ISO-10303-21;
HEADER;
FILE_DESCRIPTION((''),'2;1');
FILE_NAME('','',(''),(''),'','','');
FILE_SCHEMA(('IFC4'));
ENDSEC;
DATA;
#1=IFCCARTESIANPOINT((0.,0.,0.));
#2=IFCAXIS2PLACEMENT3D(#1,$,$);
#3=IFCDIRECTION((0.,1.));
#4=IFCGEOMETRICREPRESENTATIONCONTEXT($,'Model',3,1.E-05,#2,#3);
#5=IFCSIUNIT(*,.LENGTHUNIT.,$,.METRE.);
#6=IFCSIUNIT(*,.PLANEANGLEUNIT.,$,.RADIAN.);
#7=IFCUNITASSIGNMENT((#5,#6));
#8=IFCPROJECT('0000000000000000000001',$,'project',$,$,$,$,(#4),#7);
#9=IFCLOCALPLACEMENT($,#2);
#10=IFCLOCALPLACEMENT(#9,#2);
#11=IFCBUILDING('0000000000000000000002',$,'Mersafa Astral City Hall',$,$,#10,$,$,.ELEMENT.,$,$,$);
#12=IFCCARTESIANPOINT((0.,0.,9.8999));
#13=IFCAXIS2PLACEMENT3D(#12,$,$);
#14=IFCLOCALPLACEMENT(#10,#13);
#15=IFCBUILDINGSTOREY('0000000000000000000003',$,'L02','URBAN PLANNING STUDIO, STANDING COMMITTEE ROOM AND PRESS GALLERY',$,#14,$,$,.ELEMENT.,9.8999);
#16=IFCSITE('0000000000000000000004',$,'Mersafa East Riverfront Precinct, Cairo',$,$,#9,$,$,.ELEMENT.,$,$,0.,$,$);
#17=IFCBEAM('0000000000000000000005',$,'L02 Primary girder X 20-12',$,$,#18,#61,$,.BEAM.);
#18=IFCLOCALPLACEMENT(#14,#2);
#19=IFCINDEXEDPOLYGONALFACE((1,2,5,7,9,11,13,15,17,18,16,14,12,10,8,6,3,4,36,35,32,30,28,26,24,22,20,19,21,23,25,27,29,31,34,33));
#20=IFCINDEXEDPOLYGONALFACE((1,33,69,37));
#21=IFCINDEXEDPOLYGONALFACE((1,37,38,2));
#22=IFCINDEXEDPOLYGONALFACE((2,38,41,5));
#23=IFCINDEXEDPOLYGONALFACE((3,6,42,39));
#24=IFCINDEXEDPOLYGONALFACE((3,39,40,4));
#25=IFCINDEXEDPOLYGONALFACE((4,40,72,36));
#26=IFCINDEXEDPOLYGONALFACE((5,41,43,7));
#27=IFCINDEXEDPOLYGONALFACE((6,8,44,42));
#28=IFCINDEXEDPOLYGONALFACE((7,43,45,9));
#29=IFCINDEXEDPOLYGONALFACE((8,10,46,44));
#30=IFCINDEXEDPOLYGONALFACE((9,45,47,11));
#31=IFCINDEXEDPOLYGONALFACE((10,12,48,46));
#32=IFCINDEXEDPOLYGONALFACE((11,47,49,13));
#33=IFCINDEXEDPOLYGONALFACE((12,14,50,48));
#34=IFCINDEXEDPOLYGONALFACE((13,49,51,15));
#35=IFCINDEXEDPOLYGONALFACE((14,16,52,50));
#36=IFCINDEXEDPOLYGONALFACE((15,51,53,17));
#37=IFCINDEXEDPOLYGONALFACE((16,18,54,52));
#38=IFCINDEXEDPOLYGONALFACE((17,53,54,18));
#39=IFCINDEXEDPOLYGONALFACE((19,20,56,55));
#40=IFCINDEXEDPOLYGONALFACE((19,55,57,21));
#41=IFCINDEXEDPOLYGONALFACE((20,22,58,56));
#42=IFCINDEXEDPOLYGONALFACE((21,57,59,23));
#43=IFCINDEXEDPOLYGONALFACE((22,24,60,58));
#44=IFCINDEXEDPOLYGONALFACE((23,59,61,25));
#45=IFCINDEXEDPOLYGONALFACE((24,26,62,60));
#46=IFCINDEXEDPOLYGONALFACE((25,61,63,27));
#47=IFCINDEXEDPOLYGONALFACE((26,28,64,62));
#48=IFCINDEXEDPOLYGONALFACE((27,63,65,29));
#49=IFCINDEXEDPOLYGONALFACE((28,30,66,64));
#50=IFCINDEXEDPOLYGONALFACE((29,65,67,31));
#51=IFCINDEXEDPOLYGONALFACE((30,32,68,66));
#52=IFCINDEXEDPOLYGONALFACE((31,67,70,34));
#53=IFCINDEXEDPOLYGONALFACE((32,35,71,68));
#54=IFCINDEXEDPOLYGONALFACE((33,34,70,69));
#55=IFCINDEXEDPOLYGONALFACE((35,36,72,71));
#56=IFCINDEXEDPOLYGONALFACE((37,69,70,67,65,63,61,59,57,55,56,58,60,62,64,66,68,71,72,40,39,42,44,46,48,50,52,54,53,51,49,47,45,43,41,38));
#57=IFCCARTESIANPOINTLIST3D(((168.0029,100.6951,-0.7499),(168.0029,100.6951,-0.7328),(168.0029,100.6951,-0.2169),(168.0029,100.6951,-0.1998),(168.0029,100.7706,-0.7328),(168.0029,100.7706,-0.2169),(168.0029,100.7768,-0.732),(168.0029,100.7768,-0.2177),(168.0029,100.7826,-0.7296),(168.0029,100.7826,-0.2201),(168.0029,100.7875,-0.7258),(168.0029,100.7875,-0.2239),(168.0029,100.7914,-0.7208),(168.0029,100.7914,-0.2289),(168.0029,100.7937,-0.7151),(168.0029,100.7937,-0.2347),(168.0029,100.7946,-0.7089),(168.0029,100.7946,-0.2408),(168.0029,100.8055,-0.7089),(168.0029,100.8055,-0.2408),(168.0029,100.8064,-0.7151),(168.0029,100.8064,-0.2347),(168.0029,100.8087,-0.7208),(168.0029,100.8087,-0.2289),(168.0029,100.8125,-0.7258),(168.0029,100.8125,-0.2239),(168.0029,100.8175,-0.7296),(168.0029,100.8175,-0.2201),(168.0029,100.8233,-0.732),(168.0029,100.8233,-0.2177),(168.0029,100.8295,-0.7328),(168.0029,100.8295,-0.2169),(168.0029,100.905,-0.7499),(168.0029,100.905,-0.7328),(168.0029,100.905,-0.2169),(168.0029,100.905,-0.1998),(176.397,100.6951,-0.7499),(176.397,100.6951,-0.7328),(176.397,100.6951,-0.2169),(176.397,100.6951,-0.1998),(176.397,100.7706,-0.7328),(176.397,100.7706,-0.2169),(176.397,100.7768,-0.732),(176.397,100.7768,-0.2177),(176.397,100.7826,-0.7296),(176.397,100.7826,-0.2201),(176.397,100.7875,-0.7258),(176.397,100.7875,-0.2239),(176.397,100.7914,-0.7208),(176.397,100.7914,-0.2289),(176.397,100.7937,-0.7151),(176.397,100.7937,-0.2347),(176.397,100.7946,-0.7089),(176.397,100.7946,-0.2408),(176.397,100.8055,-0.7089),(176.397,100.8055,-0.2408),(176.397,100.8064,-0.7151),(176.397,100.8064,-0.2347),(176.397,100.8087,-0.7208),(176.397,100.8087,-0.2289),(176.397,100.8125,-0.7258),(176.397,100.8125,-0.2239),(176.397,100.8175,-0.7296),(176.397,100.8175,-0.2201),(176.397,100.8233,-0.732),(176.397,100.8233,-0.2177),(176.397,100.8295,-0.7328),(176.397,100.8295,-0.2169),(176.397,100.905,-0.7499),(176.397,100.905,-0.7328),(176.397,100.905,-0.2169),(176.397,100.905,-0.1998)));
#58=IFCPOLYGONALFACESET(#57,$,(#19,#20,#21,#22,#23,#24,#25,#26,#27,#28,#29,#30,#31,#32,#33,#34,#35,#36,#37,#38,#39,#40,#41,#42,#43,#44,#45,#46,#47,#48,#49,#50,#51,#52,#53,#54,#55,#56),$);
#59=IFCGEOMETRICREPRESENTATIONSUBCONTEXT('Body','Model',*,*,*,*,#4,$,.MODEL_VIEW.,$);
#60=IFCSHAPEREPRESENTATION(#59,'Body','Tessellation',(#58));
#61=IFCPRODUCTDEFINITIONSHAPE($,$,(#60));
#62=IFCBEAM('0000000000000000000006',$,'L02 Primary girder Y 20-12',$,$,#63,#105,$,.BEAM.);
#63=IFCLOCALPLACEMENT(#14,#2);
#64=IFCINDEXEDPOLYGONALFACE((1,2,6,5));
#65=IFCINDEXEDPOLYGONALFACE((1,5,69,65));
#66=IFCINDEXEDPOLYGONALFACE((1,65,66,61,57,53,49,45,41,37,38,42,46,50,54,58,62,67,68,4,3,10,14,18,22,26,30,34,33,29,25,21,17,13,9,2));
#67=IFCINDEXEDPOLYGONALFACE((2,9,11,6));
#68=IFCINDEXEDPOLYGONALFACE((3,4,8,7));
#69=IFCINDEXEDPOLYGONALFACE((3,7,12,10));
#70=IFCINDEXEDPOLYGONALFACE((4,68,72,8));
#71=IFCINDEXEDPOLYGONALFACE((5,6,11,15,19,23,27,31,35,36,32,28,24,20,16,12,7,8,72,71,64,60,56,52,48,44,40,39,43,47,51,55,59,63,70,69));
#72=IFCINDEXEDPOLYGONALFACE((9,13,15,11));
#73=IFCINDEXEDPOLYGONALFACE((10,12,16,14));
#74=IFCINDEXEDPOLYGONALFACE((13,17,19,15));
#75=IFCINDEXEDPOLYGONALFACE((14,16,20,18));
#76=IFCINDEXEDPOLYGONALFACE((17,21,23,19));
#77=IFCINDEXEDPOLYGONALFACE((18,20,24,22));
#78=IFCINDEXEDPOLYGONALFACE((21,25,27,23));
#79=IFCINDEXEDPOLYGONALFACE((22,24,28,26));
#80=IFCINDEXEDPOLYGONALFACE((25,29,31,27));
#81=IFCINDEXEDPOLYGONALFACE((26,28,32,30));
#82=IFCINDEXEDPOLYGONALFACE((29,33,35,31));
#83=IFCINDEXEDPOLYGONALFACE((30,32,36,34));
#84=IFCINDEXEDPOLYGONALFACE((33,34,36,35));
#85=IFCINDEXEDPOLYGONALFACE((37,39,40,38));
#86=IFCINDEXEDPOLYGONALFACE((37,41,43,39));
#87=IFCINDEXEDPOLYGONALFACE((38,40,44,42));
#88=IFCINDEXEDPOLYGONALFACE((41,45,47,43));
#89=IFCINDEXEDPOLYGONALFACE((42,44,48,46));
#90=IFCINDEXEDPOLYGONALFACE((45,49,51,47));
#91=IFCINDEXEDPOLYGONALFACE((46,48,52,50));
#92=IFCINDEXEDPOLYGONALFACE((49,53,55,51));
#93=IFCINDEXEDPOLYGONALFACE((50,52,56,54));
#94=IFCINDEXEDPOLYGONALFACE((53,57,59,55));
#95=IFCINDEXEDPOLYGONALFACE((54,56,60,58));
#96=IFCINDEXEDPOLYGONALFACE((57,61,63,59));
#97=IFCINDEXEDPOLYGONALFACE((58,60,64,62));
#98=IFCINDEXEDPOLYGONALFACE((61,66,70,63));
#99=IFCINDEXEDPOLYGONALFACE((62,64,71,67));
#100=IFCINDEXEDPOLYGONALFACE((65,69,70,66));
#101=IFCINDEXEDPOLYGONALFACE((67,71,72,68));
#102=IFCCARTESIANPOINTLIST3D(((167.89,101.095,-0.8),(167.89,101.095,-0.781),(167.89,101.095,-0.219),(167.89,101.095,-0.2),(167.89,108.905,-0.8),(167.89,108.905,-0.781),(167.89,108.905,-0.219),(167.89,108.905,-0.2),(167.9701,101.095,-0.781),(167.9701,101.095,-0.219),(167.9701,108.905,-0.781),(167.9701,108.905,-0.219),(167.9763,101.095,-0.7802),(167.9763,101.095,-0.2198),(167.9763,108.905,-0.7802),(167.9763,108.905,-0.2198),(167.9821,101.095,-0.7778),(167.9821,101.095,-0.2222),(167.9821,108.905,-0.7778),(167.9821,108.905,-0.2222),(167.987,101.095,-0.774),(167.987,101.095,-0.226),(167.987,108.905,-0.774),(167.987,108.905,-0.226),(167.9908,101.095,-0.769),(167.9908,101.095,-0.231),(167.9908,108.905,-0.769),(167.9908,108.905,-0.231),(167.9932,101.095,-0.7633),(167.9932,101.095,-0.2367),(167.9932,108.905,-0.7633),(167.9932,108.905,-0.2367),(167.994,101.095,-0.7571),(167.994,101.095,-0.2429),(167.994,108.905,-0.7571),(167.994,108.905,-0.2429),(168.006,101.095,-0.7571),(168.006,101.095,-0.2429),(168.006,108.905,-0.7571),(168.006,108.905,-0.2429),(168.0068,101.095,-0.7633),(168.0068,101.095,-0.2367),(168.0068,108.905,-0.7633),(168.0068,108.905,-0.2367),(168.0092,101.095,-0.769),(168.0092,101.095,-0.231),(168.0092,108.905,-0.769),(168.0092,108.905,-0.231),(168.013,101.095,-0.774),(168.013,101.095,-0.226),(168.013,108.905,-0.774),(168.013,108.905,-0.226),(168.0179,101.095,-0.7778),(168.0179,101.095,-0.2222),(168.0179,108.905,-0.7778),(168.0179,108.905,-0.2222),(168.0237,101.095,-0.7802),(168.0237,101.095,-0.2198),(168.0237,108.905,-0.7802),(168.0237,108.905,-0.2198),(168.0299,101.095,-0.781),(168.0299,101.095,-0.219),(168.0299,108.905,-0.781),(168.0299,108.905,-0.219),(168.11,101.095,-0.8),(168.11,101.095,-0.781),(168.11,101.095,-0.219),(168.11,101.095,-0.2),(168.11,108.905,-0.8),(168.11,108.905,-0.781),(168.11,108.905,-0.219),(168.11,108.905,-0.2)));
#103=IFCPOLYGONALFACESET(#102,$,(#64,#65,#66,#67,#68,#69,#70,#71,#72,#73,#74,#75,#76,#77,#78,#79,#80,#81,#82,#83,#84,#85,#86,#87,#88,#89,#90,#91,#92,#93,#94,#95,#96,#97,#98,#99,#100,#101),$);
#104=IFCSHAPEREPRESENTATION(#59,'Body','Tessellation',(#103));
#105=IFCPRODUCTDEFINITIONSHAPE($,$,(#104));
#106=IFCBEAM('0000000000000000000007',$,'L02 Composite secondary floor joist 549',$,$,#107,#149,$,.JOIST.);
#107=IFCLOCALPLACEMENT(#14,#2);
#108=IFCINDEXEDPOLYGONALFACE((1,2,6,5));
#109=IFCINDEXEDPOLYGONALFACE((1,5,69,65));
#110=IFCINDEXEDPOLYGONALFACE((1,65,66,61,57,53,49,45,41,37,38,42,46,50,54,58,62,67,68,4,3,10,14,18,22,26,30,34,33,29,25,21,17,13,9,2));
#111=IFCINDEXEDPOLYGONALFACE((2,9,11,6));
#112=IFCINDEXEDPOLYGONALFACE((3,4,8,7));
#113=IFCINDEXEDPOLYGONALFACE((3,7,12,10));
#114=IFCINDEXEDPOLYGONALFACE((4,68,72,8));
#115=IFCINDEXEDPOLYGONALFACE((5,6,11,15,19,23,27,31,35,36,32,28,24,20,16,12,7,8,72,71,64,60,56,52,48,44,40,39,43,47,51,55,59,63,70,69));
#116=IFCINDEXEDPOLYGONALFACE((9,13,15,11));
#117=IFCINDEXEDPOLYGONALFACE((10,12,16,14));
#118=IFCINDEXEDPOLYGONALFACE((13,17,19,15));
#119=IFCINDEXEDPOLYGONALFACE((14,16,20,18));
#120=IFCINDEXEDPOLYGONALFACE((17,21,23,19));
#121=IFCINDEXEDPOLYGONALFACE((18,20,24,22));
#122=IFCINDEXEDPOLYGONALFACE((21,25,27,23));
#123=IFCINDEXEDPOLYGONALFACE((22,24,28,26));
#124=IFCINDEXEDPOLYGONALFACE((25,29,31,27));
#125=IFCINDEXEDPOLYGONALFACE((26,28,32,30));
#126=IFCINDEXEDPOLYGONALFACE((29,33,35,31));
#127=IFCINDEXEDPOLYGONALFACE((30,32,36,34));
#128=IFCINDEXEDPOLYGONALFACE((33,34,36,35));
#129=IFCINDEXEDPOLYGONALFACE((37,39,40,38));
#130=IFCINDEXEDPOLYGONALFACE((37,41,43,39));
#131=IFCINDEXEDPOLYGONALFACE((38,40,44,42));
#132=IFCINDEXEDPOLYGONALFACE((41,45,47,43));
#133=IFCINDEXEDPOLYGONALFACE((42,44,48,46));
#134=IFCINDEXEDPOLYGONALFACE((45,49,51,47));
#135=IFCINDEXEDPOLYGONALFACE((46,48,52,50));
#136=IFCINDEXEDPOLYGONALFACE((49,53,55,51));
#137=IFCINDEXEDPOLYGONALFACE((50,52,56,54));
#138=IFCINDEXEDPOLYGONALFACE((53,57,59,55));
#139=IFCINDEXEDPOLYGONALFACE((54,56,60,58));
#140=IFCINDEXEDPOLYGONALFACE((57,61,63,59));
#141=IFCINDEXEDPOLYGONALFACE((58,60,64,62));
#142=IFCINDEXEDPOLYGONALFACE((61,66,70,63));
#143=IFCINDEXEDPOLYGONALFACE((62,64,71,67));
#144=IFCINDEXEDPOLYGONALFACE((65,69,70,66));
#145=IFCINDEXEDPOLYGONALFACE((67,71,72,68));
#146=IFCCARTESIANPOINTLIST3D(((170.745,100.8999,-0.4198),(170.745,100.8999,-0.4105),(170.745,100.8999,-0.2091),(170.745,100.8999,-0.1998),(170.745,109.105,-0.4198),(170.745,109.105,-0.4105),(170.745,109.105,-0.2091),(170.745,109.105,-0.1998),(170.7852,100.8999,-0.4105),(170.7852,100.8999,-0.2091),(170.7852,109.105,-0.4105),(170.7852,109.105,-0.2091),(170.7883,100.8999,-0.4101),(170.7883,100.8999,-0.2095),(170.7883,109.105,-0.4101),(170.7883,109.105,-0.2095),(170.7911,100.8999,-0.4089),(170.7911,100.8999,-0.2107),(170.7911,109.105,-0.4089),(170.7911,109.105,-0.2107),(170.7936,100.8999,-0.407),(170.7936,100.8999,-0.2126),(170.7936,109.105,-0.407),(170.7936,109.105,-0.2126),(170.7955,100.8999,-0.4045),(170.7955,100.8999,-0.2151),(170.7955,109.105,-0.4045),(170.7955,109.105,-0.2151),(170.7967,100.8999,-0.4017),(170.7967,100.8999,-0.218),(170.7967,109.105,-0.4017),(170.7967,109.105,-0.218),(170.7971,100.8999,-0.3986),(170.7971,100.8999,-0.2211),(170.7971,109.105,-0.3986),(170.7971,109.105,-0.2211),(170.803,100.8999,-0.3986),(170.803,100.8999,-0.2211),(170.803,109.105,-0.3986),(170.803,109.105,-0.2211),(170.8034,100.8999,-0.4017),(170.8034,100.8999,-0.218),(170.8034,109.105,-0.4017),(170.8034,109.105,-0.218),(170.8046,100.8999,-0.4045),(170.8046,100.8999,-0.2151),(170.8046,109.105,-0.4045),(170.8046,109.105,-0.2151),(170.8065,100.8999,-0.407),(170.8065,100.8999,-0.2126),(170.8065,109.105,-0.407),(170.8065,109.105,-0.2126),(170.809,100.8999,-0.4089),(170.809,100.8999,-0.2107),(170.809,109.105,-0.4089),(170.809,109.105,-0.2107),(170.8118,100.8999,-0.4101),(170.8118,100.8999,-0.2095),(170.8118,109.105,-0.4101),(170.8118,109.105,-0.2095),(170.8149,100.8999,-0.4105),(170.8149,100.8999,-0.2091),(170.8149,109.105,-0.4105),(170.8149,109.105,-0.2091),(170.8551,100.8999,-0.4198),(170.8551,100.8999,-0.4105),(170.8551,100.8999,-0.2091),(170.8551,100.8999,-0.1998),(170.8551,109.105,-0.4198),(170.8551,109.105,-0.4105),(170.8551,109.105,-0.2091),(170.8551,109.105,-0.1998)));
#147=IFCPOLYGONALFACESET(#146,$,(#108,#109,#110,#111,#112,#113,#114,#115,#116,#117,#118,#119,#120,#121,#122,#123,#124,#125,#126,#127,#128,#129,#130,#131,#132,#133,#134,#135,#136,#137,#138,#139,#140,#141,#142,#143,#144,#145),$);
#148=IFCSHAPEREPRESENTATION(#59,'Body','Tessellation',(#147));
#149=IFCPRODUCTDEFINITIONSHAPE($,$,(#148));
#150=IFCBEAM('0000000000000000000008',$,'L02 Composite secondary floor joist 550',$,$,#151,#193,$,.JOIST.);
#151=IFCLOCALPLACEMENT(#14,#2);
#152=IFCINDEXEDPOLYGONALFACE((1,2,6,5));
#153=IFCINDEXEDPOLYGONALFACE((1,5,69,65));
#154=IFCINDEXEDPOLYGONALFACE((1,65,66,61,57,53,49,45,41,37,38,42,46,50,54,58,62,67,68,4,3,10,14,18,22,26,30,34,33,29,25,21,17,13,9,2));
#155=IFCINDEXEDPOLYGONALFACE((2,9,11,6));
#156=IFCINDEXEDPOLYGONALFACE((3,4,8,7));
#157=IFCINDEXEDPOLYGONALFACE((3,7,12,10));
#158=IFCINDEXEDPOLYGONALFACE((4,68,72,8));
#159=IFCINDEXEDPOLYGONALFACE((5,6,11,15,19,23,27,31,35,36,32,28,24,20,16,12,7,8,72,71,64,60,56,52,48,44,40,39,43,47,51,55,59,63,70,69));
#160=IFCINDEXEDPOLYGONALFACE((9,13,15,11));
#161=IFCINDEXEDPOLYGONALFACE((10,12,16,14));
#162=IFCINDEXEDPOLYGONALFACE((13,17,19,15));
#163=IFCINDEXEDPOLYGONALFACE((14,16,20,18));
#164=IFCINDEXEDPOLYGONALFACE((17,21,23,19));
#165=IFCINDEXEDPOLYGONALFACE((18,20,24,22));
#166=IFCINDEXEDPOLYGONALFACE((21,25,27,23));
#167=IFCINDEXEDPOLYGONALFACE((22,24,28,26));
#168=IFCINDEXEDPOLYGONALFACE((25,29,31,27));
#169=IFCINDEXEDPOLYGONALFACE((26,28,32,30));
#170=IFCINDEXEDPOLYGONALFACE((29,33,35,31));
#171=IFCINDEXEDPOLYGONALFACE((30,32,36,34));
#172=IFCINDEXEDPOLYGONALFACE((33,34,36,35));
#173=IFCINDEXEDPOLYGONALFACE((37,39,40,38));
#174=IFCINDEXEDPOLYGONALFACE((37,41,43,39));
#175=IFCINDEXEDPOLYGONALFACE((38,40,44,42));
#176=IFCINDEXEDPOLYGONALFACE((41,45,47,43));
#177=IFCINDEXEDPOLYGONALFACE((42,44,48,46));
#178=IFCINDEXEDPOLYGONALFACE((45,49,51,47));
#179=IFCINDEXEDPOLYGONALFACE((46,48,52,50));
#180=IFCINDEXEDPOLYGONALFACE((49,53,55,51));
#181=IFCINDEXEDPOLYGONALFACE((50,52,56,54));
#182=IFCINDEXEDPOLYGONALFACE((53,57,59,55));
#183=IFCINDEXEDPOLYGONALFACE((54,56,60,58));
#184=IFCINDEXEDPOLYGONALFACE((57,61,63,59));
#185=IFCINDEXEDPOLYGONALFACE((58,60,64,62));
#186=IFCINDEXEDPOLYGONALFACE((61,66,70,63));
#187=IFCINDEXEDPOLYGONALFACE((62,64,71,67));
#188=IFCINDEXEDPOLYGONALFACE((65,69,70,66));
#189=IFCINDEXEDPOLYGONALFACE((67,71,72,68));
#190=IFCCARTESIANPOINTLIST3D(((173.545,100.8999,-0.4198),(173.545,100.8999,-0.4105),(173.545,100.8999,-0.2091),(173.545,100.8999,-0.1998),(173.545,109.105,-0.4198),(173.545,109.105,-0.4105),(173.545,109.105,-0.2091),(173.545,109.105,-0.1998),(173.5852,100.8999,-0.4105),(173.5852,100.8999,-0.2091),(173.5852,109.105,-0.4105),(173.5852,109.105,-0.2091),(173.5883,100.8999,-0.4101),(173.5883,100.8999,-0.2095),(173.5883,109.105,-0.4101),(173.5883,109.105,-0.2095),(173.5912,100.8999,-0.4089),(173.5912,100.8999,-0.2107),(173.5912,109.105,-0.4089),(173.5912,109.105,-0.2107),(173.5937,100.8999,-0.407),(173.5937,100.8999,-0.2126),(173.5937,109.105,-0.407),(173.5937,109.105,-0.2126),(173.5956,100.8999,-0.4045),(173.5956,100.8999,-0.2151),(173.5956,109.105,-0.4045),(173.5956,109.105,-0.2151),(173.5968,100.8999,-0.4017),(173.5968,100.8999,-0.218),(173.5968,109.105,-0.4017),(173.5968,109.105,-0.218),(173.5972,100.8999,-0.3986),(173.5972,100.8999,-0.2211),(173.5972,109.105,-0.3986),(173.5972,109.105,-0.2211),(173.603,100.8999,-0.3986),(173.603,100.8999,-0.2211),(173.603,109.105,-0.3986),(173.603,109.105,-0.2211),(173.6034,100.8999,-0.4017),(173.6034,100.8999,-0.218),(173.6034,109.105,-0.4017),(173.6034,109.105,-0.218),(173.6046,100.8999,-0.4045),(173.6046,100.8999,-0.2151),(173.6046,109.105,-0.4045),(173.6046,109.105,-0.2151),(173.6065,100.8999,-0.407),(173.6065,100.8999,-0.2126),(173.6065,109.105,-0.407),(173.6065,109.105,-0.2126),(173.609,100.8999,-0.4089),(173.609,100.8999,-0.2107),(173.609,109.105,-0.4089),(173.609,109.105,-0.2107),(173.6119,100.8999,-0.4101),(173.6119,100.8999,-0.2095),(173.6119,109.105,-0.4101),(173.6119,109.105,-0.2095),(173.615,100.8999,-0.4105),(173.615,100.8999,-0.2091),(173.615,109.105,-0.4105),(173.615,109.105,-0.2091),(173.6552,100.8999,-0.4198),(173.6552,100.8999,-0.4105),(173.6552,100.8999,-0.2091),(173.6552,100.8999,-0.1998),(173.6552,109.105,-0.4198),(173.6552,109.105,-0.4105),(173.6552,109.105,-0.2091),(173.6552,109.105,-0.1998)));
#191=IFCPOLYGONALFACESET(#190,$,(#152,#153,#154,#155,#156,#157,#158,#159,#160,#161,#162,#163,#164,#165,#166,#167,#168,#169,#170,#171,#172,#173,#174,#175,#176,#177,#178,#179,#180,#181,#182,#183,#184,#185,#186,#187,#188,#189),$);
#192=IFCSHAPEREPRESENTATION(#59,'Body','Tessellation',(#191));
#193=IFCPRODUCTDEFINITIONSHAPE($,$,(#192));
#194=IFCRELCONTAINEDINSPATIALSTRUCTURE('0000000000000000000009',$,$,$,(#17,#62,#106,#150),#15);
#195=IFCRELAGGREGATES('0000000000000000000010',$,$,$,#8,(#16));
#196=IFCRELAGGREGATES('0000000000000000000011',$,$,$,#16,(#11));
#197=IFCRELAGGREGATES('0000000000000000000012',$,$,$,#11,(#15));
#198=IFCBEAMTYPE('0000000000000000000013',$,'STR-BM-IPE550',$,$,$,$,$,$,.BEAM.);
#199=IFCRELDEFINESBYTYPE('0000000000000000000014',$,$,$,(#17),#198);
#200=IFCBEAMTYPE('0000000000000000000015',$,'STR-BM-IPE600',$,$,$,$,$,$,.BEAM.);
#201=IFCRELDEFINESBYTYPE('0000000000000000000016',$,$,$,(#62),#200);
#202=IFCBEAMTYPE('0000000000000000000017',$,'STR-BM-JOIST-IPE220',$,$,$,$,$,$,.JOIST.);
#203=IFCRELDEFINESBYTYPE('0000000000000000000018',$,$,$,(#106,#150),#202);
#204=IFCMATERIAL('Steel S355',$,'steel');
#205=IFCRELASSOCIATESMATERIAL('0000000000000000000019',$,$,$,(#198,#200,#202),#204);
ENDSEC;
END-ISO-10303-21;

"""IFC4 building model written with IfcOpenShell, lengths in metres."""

from ifc_helpers import new_model, si_unit, direction, frame, origin, origin_2d, place, context, subcontext, project, spatial, i_section, extrude, material, material_profile, profile_set, type_object, element, save


model = new_model("IFC4")

# Units and contexts
model_context = context("Model", 3, precision=1e-05, world=origin(), true_north=direction((0.0, 1.0)))
body_context = subcontext(model_context, "Body", "Model", "MODEL_VIEW")
ifc_project = project(units=[si_unit("LENGTHUNIT", "METRE"), si_unit("PLANEANGLEUNIT", "RADIAN")], contexts=[model_context])

# Site, building, storey
site_placement = place(None, origin())
site = spatial("IfcSite", under=ifc_project, at=site_placement, Name="Mersafa East Riverfront Precinct, Cairo", CompositionType="ELEMENT", RefElevation=0.0)
building_placement = place(site_placement, origin())
building = spatial("IfcBuilding", under=site, at=building_placement, Name="Mersafa Astral City Hall", CompositionType="ELEMENT")
storey_placement = place(building_placement, frame((0.0, 0.0, 9.8999)))
storey = spatial("IfcBuildingStorey", under=building, at=storey_placement, Name="L02", Description="URBAN PLANNING STUDIO, STANDING COMMITTEE ROOM AND PRESS GALLERY", CompositionType="ELEMENT", Elevation=9.8999)

# Shared definitions
ifc_material_1 = material(Name="Steel S355", Category="steel")

# Beams
ifc_material_profile_1 = material_profile(ifc_material_1, i_section(OverallWidth=0.21, OverallDepth=0.55, WebThickness=0.011, FlangeThickness=0.0171, FilletRadius=0.0239, at=origin_2d()), Name="IPE 550")
ifc_profile_set_1 = profile_set([ifc_material_profile_1], Name="Steel S355")
beam_type_1 = type_object("IfcBeamType", Name="STR-BM-IPE550", PredefinedType="BEAM", material=ifc_profile_set_1)
beam_1_placement = place(storey_placement, frame((168.0029, 100.8, -0.4749), z_axis=(1.0, 0.0, 0.0), x_axis=(0.0, 1.0, 0.0)))
element("IfcBeam", 1, at=beam_1_placement, inside=storey, type_object=beam_type_1, Name="L02 Primary girder X 20-12", PredefinedType="BEAM", context=body_context, shape_type="SweptSolid", body=[
    extrude(i_section(OverallWidth=0.21, OverallDepth=0.55, WebThickness=0.011, FlangeThickness=0.0171, FilletRadius=0.0239, at=origin_2d()), origin(), (0.0, 0.0, 1.0), 8.394),
])
ifc_material_profile_2 = material_profile(ifc_material_1, i_section(OverallWidth=0.22, OverallDepth=0.6001, WebThickness=0.012, FlangeThickness=0.019, FilletRadius=0.0239, at=origin_2d()), Name="IPE 600")
ifc_profile_set_2 = profile_set([ifc_material_profile_2], Name="Steel S355")
beam_type_2 = type_object("IfcBeamType", Name="STR-BM-IPE600", PredefinedType="BEAM", material=ifc_profile_set_2)
beam_2_placement = place(storey_placement, frame((168.0, 101.095, -0.5), z_axis=(0.0, 1.0, 0.0), x_axis=(-1.0, 0.0, 0.0)))
element("IfcBeam", 2, at=beam_2_placement, inside=storey, type_object=beam_type_2, Name="L02 Primary girder Y 20-12", PredefinedType="BEAM", context=body_context, shape_type="SweptSolid", body=[
    extrude(i_section(OverallWidth=0.22, OverallDepth=0.6001, WebThickness=0.012, FlangeThickness=0.019, FilletRadius=0.0239, at=origin_2d()), origin(), (0.0, 0.0, 1.0), 7.8101),
])
ifc_material_profile_3 = material_profile(ifc_material_1, i_section(OverallWidth=0.1101, OverallDepth=0.22, WebThickness=0.0059, FlangeThickness=0.0093, FilletRadius=0.012, at=origin_2d()), Name="IPE 220")
ifc_profile_set_3 = profile_set([ifc_material_profile_3], Name="Steel S355")
beam_type_3 = type_object("IfcBeamType", Name="STR-BM-JOIST-IPE220", PredefinedType="JOIST", material=ifc_profile_set_3)
for number, where, z_axis, x_axis, name in (
    (3, (170.8, 100.8999, -0.3098), (0.0, 1.0, 0.0), (-1.0, 0.0, 0.0), "L02 Composite secondary floor joist 549"),
    (4, (173.6001, 100.8999, -0.3098), (0.0, 1.0, 0.0), (-1.0, 0.0, 0.0), "L02 Composite secondary floor joist 550"),
):
    element("IfcBeam", number, at=place(storey_placement, frame(where, z_axis=z_axis, x_axis=x_axis)), inside=storey, type_object=beam_type_3, Name=name, PredefinedType="JOIST", context=body_context, shape_type="SweptSolid", body=[
        extrude(i_section(OverallWidth=0.1101, OverallDepth=0.22, WebThickness=0.0059, FlangeThickness=0.0093, FilletRadius=0.012, at=origin_2d()), origin(), (0.0, 0.0, 1.0), 8.2051),
    ])

save(model, "model.ifc")
